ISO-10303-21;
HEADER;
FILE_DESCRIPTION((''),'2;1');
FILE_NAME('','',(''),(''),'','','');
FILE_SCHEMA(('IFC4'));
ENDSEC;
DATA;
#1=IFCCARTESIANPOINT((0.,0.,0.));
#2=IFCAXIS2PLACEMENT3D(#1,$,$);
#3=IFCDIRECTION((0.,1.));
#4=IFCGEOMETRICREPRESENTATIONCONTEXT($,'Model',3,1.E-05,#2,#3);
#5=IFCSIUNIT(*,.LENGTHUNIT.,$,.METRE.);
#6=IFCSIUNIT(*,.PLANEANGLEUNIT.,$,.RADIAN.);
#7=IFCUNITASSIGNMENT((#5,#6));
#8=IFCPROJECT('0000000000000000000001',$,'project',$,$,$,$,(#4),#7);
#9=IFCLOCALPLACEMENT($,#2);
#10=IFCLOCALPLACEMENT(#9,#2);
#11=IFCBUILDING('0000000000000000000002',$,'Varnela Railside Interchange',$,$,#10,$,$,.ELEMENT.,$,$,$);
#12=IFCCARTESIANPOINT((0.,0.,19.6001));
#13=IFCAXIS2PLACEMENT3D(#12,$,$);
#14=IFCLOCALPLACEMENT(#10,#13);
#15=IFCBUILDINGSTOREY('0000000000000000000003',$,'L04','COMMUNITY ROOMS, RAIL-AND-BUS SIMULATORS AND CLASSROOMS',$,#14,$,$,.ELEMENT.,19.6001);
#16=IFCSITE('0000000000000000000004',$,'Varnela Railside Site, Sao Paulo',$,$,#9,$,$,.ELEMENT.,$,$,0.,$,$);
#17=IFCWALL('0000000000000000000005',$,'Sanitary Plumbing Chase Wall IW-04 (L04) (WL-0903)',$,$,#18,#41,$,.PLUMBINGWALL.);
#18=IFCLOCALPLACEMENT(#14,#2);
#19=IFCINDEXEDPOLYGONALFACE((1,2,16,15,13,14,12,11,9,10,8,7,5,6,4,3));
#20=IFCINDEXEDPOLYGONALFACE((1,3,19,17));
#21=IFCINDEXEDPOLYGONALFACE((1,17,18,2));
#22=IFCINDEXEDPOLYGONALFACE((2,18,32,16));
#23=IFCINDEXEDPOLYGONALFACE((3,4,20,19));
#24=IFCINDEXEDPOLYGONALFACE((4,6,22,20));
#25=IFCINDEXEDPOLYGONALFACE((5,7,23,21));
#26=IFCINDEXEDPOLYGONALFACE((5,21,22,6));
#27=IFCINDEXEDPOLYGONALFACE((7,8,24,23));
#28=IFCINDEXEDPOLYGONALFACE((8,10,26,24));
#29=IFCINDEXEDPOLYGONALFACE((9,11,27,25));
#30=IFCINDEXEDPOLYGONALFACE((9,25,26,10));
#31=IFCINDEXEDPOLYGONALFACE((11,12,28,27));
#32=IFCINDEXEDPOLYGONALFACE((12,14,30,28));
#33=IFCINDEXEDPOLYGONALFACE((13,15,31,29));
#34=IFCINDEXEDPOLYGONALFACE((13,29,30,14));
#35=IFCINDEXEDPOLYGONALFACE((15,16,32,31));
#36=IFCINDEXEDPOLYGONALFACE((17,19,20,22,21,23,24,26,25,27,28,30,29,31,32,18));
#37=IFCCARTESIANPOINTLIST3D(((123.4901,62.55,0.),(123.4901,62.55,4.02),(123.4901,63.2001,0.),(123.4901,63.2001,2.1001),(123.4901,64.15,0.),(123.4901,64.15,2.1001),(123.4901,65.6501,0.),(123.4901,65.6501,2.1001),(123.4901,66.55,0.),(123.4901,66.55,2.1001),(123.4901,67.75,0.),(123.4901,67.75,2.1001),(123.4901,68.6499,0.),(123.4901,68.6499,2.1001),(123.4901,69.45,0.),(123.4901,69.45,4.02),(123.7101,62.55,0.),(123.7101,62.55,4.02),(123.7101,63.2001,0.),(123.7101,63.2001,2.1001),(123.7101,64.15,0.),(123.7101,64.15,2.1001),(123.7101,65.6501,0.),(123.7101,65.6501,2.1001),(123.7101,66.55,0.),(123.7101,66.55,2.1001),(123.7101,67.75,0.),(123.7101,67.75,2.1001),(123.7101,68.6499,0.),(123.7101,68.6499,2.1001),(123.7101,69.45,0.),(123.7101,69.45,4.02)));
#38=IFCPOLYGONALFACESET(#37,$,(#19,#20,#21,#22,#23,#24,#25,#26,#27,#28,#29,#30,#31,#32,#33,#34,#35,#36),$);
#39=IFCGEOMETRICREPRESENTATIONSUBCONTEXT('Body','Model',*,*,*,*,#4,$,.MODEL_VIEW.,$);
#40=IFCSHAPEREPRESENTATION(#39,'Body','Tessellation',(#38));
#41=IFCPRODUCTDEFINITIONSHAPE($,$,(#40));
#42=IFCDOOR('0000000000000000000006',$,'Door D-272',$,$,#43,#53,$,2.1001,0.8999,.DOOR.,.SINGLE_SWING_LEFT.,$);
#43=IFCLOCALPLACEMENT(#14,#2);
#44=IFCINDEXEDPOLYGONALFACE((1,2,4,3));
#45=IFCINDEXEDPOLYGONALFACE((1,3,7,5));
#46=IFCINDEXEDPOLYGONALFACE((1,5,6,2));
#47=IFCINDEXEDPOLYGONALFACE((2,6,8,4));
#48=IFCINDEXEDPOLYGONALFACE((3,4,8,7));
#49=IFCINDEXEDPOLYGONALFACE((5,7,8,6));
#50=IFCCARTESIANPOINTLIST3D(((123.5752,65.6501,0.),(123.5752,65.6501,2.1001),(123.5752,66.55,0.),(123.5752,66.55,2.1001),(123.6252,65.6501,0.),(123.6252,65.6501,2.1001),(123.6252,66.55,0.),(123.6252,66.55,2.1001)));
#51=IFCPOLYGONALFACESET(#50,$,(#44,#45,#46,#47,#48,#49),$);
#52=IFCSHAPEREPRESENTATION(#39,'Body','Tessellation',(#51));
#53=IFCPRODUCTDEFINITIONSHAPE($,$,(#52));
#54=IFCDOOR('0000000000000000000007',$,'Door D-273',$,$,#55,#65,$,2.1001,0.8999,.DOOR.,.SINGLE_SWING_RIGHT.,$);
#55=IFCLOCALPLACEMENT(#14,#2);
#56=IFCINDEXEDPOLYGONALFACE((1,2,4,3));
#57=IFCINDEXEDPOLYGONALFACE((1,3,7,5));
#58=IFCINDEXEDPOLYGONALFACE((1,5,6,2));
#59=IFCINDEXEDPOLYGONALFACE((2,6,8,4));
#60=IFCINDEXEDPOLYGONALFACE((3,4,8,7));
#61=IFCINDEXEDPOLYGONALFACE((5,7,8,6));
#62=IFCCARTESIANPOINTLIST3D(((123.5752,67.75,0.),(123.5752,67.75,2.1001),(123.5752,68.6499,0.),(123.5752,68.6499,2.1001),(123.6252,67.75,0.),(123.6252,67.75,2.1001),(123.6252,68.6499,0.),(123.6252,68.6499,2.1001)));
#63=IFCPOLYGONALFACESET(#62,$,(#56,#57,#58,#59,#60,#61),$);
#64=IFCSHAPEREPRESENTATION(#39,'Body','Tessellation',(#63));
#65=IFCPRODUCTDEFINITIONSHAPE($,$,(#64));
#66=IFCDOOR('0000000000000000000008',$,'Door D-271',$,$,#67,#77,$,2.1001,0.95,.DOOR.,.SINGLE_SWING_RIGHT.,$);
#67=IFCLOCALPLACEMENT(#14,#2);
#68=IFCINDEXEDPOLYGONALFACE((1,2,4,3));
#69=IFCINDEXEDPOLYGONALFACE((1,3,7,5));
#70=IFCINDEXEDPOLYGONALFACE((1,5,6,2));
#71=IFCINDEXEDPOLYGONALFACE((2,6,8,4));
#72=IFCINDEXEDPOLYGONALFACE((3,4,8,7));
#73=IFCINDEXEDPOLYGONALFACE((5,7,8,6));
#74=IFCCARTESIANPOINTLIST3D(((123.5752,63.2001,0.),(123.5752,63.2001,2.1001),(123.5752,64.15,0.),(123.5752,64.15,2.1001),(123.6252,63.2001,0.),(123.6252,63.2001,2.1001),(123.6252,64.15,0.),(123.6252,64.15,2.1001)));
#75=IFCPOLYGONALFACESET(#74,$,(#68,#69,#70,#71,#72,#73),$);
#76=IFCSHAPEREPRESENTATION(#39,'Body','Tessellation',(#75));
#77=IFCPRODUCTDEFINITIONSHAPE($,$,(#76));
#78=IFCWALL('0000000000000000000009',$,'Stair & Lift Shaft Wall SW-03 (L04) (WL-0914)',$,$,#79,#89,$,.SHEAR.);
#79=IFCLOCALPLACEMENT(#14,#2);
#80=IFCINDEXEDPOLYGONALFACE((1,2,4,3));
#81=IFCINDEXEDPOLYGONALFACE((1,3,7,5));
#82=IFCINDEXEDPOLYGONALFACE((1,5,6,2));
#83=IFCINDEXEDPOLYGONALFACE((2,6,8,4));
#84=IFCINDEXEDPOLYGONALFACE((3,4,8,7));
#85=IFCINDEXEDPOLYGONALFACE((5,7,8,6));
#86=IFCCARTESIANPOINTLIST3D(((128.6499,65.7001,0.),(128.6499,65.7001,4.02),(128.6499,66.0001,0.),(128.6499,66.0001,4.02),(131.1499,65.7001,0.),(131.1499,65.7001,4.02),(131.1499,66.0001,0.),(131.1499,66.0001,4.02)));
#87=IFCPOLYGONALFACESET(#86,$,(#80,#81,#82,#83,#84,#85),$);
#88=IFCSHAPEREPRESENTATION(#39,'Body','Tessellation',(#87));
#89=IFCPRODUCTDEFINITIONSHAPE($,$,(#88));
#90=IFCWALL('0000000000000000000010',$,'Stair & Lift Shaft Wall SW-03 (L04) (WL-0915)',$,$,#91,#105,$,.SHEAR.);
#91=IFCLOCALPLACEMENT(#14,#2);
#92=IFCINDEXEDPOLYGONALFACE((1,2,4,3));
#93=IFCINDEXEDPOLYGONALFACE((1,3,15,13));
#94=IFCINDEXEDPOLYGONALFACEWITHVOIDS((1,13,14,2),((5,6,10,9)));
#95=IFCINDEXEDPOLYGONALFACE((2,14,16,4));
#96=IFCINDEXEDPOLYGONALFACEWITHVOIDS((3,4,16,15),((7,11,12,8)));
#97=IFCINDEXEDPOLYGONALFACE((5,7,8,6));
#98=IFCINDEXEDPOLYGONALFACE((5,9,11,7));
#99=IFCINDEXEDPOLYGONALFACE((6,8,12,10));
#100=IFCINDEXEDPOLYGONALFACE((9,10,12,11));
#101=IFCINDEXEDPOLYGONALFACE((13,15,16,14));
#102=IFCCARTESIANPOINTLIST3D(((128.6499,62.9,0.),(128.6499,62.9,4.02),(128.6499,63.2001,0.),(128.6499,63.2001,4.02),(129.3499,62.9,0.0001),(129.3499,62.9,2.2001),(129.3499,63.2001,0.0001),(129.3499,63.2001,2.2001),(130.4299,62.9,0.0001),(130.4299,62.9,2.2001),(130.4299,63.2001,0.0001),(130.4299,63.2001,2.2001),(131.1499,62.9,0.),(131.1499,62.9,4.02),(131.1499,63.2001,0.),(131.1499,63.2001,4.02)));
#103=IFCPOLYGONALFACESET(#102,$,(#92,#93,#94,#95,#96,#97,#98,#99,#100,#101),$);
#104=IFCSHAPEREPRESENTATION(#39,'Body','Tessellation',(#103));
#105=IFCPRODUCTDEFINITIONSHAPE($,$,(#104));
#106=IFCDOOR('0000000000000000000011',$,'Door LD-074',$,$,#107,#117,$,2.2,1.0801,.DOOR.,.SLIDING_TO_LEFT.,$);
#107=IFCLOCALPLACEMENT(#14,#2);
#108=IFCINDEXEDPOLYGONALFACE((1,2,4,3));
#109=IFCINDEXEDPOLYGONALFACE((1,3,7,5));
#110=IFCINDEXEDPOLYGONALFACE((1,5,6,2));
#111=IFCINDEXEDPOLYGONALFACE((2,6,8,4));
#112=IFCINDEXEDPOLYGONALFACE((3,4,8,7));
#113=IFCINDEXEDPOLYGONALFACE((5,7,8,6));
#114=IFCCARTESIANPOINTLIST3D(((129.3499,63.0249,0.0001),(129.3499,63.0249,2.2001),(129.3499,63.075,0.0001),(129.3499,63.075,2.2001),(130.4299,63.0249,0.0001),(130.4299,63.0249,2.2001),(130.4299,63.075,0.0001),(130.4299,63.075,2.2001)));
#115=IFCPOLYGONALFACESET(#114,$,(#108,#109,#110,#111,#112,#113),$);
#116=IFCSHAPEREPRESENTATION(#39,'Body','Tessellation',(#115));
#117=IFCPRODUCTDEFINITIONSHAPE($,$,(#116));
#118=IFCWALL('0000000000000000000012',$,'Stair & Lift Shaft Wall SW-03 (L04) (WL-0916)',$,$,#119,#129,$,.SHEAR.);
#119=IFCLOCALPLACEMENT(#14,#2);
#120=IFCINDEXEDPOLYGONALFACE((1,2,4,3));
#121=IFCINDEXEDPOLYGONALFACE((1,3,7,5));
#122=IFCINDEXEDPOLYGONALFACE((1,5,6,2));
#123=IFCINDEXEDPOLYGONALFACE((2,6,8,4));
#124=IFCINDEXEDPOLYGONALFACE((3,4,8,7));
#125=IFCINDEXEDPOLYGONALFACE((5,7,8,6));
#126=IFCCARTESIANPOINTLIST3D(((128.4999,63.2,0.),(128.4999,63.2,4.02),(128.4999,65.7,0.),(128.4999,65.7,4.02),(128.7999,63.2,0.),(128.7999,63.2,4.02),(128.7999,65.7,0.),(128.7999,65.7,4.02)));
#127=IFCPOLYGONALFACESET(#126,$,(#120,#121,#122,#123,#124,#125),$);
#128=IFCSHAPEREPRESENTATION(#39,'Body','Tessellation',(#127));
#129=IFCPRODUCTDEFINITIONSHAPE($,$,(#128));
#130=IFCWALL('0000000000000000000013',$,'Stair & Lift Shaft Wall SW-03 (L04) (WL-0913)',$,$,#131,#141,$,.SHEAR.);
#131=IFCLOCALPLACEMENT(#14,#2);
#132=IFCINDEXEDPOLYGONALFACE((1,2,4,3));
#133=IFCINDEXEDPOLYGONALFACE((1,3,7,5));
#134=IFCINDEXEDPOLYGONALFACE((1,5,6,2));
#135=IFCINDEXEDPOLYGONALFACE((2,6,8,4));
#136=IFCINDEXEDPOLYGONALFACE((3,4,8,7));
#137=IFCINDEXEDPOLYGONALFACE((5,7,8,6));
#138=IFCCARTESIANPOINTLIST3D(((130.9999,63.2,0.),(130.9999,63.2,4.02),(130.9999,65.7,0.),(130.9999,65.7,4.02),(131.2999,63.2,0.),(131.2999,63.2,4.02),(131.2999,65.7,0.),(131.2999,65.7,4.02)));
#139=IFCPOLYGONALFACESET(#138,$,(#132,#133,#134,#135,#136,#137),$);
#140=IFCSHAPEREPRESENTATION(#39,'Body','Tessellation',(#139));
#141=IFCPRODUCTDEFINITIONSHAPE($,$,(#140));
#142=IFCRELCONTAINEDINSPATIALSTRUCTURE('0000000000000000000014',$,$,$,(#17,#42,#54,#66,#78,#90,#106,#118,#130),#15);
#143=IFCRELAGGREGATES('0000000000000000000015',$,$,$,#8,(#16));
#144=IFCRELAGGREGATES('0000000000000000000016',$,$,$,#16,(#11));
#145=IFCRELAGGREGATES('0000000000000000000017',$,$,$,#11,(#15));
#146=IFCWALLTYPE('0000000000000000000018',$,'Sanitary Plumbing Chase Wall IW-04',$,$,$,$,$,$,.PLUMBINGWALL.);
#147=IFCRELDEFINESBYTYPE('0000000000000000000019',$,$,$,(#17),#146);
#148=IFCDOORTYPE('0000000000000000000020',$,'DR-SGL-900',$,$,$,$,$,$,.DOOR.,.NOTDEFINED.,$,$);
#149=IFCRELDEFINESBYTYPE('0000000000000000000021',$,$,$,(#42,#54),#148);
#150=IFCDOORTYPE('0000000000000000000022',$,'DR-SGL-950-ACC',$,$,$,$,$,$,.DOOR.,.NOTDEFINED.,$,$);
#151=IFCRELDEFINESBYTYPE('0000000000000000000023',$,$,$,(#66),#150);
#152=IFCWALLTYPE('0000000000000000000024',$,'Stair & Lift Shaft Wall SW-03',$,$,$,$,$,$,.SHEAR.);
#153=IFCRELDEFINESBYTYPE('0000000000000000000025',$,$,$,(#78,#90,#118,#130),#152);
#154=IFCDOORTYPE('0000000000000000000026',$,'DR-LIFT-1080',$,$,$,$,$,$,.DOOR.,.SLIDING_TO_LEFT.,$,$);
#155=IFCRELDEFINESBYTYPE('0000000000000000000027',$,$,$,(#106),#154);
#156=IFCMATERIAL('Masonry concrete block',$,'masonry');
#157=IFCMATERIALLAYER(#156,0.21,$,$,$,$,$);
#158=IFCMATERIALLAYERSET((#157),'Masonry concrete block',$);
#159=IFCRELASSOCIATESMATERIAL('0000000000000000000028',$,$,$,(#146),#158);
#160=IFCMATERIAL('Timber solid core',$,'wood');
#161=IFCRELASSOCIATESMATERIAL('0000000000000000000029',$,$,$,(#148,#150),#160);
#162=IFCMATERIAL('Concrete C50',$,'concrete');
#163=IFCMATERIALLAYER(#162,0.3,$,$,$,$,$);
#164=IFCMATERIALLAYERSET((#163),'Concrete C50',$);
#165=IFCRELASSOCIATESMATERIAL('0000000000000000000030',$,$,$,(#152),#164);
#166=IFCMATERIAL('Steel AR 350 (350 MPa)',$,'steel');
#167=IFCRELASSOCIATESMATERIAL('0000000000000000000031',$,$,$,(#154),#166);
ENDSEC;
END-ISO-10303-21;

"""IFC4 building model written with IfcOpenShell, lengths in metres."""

from ifc_helpers import new_model, si_unit, direction, frame, frame_2d, origin, place, context, subcontext, project, spatial, rectangle, extrude, material, layer, layer_set, type_object, element, fill, save


model = new_model("IFC4")

# Units and contexts
model_context = context("Model", 3, precision=1e-05, world=origin(), true_north=direction((0.0, 1.0)))
body_context = subcontext(model_context, "Body", "Model", "MODEL_VIEW")
ifc_project = project(units=[si_unit("LENGTHUNIT", "METRE"), si_unit("PLANEANGLEUNIT", "RADIAN")], contexts=[model_context])

# Site, building, storey
site_placement = place(None, origin())
site = spatial("IfcSite", under=ifc_project, at=site_placement, Name="Varnela Railside Site, Sao Paulo", CompositionType="ELEMENT", RefElevation=0.0)
building_placement = place(site_placement, origin())
building = spatial("IfcBuilding", under=site, at=building_placement, Name="Varnela Railside Interchange", CompositionType="ELEMENT")
storey_placement = place(building_placement, frame((0.0, 0.0, 19.6001)))
storey = spatial("IfcBuildingStorey", under=building, at=storey_placement, Name="L04", Description="COMMUNITY ROOMS, RAIL-AND-BUS SIMULATORS AND CLASSROOMS", CompositionType="ELEMENT", Elevation=19.6001)

# Wall, openings, doors
ifc_material_1 = material(Name="Masonry concrete block", Category="masonry")
ifc_layer_1 = layer(ifc_material_1, 0.21)
ifc_layer_set_1 = layer_set([ifc_layer_1], Name="Masonry concrete block")
wall_type_1 = type_object("IfcWallType", Name="Sanitary Plumbing Chase Wall IW-04", PredefinedType="PLUMBINGWALL", material=ifc_layer_set_1)
wall_1_placement = place(storey_placement, frame((123.6001, 62.55, 0.0), z_axis=(0.0, 0.0, 1.0), x_axis=(0.0, 1.0, 0.0)))
wall_1 = element("IfcWall", 1, at=wall_1_placement, inside=storey, type_object=wall_type_1, Name="Sanitary Plumbing Chase Wall IW-04 (L04) (WL-0903)", PredefinedType="PLUMBINGWALL", context=body_context, shape_type="SweptSolid", body=[
    extrude(rectangle(XDim=6.8999, YDim=0.22, at=frame_2d((3.45, 0.0))), origin(), (0.0, 0.0, 1.0), 4.02),
])
opening_1_placement = place(wall_1_placement, frame((0.6499, 0.0, 0.0)))
opening_1 = element("IfcOpeningElement", 2, at=opening_1_placement, cuts=wall_1, PredefinedType="OPENING", context=body_context, shape_type="SweptSolid", body=[
    extrude(rectangle(XDim=0.95, YDim=2.1001, at=frame_2d((0.4751, 1.05))), frame((0.0, 0.1199, 0.0), z_axis=(0.0, -1.0, 0.0), x_axis=(1.0, 0.0, 0.0)), (0.0, 0.0, 1.0), 0.24),
])
opening_2_placement = place(wall_1_placement, frame((3.1001, 0.0, 0.0)))
opening_2 = element("IfcOpeningElement", 3, at=opening_2_placement, cuts=wall_1, PredefinedType="OPENING", context=body_context, shape_type="SweptSolid", body=[
    extrude(rectangle(XDim=0.8999, YDim=2.1001, at=frame_2d((0.45, 1.05))), frame((0.0, 0.1199, 0.0), z_axis=(0.0, -1.0, 0.0), x_axis=(1.0, 0.0, 0.0)), (0.0, 0.0, 1.0), 0.24),
])
opening_3_placement = place(wall_1_placement, frame((5.2, 0.0, 0.0)))
opening_3 = element("IfcOpeningElement", 4, at=opening_3_placement, cuts=wall_1, PredefinedType="OPENING", context=body_context, shape_type="SweptSolid", body=[
    extrude(rectangle(XDim=0.8999, YDim=2.1001, at=frame_2d((0.45, 1.05))), frame((0.0, 0.1199, 0.0), z_axis=(0.0, -1.0, 0.0), x_axis=(1.0, 0.0, 0.0)), (0.0, 0.0, 1.0), 0.24),
])
ifc_material_2 = material(Name="Timber solid core", Category="wood")
door_type_1 = type_object("IfcDoorType", Name="DR-SGL-900", OperationType="NOTDEFINED", PredefinedType="DOOR", material=ifc_material_2)
door_1_placement = place(opening_2_placement, origin())
door_1 = element("IfcDoor", 5, at=door_1_placement, inside=storey, type_object=door_type_1, Name="Door D-272", OperationType="SINGLE_SWING_LEFT", OverallHeight=2.1001, OverallWidth=0.8999, PredefinedType="DOOR", context=body_context, shape_type="SweptSolid", body=[
    extrude(rectangle(XDim=0.8999, YDim=2.1001, at=frame_2d((0.45, 1.05))), frame((0.0, 0.0249, 0.0), z_axis=(0.0, -1.0, 0.0), x_axis=(1.0, 0.0, 0.0)), (0.0, 0.0, 1.0), 0.05),
])
fill(opening_2, door_1)
door_2_placement = place(opening_3_placement, origin())
door_2 = element("IfcDoor", 6, at=door_2_placement, inside=storey, type_object=door_type_1, Name="Door D-273", OperationType="SINGLE_SWING_RIGHT", OverallHeight=2.1001, OverallWidth=0.8999, PredefinedType="DOOR", context=body_context, shape_type="SweptSolid", body=[
    extrude(rectangle(XDim=0.8999, YDim=2.1001, at=frame_2d((0.45, 1.05))), frame((0.0, 0.0249, 0.0), z_axis=(0.0, -1.0, 0.0), x_axis=(1.0, 0.0, 0.0)), (0.0, 0.0, 1.0), 0.05),
])
fill(opening_3, door_2)
door_type_2 = type_object("IfcDoorType", Name="DR-SGL-950-ACC", OperationType="NOTDEFINED", PredefinedType="DOOR", material=ifc_material_2)
door_3_placement = place(opening_1_placement, origin())
door_3 = element("IfcDoor", 7, at=door_3_placement, inside=storey, type_object=door_type_2, Name="Door D-271", OperationType="SINGLE_SWING_RIGHT", OverallHeight=2.1001, OverallWidth=0.95, PredefinedType="DOOR", context=body_context, shape_type="SweptSolid", body=[
    extrude(rectangle(XDim=0.95, YDim=2.1001, at=frame_2d((0.4751, 1.05))), frame((0.0, 0.0249, 0.0), z_axis=(0.0, -1.0, 0.0), x_axis=(1.0, 0.0, 0.0)), (0.0, 0.0, 1.0), 0.05),
])
fill(opening_1, door_3)

# Wall
ifc_material_3 = material(Name="Concrete C50", Category="concrete")
ifc_layer_2 = layer(ifc_material_3, 0.3)
ifc_layer_set_2 = layer_set([ifc_layer_2], Name="Concrete C50")
wall_type_2 = type_object("IfcWallType", Name="Stair & Lift Shaft Wall SW-03", PredefinedType="SHEAR", material=ifc_layer_set_2)
wall_2_placement = place(storey_placement, frame((128.6499, 65.8501, 0.0), z_axis=(0.0, 0.0, 1.0), x_axis=(1.0, 0.0, 0.0)))
element("IfcWall", 8, at=wall_2_placement, inside=storey, type_object=wall_type_2, Name="Stair & Lift Shaft Wall SW-03 (L04) (WL-0914)", PredefinedType="SHEAR", context=body_context, shape_type="SweptSolid", body=[
    extrude(rectangle(XDim=2.5, YDim=0.3, at=frame_2d((1.25, 0.0))), origin(), (0.0, 0.0, 1.0), 4.02),
])

# Wall, opening, door
wall_3_placement = place(storey_placement, frame((128.6499, 63.05, 0.0), z_axis=(0.0, 0.0, 1.0), x_axis=(1.0, 0.0, 0.0)))
wall_3 = element("IfcWall", 9, at=wall_3_placement, inside=storey, type_object=wall_type_2, Name="Stair & Lift Shaft Wall SW-03 (L04) (WL-0915)", PredefinedType="SHEAR", context=body_context, shape_type="SweptSolid", body=[
    extrude(rectangle(XDim=2.5, YDim=0.3, at=frame_2d((1.25, 0.0))), origin(), (0.0, 0.0, 1.0), 4.02),
])
opening_4_placement = place(wall_3_placement, frame((0.7, 0.0, 0.0)))
opening_4 = element("IfcOpeningElement", 10, at=opening_4_placement, cuts=wall_3, PredefinedType="OPENING", context=body_context, shape_type="SweptSolid", body=[
    extrude(rectangle(XDim=1.0801, YDim=2.2, at=frame_2d((0.54, 1.1001))), frame((0.0, 0.1599, 0.0), z_axis=(0.0, -1.0, 0.0), x_axis=(1.0, 0.0, 0.0)), (0.0, 0.0, 1.0), 0.3201),
])
ifc_material_4 = material(Name="Steel AR 350 (350 MPa)", Category="steel")
door_type_3 = type_object("IfcDoorType", Name="DR-LIFT-1080", OperationType="SLIDING_TO_LEFT", PredefinedType="DOOR", material=ifc_material_4)
door_4_placement = place(opening_4_placement, origin())
door_4 = element("IfcDoor", 11, at=door_4_placement, inside=storey, type_object=door_type_3, Name="Door LD-074", OperationType="SLIDING_TO_LEFT", OverallHeight=2.2, OverallWidth=1.0801, PredefinedType="DOOR", context=body_context, shape_type="SweptSolid", body=[
    extrude(rectangle(XDim=1.0801, YDim=2.2, at=frame_2d((0.54, 1.1001))), frame((0.0, 0.0249, 0.0), z_axis=(0.0, -1.0, 0.0), x_axis=(1.0, 0.0, 0.0)), (0.0, 0.0, 1.0), 0.05),
])
fill(opening_4, door_4)

# Walls
for number, where, z_axis, x_axis, name in (
    (12, (128.6499, 63.2, 0.0), (0.0, 0.0, 1.0), (0.0, 1.0, 0.0), "Stair & Lift Shaft Wall SW-03 (L04) (WL-0916)"),
    (13, (131.1499, 63.2, 0.0), (0.0, 0.0, 1.0), (0.0, 1.0, 0.0), "Stair & Lift Shaft Wall SW-03 (L04) (WL-0913)"),
):
    element("IfcWall", number, at=place(storey_placement, frame(where, z_axis=z_axis, x_axis=x_axis)), inside=storey, type_object=wall_type_2, Name=name, PredefinedType="SHEAR", context=body_context, shape_type="SweptSolid", body=[
        extrude(rectangle(XDim=2.5, YDim=0.3, at=frame_2d((1.25, 0.0))), origin(), (0.0, 0.0, 1.0), 4.02),
    ])

save(model, "model.ifc")
